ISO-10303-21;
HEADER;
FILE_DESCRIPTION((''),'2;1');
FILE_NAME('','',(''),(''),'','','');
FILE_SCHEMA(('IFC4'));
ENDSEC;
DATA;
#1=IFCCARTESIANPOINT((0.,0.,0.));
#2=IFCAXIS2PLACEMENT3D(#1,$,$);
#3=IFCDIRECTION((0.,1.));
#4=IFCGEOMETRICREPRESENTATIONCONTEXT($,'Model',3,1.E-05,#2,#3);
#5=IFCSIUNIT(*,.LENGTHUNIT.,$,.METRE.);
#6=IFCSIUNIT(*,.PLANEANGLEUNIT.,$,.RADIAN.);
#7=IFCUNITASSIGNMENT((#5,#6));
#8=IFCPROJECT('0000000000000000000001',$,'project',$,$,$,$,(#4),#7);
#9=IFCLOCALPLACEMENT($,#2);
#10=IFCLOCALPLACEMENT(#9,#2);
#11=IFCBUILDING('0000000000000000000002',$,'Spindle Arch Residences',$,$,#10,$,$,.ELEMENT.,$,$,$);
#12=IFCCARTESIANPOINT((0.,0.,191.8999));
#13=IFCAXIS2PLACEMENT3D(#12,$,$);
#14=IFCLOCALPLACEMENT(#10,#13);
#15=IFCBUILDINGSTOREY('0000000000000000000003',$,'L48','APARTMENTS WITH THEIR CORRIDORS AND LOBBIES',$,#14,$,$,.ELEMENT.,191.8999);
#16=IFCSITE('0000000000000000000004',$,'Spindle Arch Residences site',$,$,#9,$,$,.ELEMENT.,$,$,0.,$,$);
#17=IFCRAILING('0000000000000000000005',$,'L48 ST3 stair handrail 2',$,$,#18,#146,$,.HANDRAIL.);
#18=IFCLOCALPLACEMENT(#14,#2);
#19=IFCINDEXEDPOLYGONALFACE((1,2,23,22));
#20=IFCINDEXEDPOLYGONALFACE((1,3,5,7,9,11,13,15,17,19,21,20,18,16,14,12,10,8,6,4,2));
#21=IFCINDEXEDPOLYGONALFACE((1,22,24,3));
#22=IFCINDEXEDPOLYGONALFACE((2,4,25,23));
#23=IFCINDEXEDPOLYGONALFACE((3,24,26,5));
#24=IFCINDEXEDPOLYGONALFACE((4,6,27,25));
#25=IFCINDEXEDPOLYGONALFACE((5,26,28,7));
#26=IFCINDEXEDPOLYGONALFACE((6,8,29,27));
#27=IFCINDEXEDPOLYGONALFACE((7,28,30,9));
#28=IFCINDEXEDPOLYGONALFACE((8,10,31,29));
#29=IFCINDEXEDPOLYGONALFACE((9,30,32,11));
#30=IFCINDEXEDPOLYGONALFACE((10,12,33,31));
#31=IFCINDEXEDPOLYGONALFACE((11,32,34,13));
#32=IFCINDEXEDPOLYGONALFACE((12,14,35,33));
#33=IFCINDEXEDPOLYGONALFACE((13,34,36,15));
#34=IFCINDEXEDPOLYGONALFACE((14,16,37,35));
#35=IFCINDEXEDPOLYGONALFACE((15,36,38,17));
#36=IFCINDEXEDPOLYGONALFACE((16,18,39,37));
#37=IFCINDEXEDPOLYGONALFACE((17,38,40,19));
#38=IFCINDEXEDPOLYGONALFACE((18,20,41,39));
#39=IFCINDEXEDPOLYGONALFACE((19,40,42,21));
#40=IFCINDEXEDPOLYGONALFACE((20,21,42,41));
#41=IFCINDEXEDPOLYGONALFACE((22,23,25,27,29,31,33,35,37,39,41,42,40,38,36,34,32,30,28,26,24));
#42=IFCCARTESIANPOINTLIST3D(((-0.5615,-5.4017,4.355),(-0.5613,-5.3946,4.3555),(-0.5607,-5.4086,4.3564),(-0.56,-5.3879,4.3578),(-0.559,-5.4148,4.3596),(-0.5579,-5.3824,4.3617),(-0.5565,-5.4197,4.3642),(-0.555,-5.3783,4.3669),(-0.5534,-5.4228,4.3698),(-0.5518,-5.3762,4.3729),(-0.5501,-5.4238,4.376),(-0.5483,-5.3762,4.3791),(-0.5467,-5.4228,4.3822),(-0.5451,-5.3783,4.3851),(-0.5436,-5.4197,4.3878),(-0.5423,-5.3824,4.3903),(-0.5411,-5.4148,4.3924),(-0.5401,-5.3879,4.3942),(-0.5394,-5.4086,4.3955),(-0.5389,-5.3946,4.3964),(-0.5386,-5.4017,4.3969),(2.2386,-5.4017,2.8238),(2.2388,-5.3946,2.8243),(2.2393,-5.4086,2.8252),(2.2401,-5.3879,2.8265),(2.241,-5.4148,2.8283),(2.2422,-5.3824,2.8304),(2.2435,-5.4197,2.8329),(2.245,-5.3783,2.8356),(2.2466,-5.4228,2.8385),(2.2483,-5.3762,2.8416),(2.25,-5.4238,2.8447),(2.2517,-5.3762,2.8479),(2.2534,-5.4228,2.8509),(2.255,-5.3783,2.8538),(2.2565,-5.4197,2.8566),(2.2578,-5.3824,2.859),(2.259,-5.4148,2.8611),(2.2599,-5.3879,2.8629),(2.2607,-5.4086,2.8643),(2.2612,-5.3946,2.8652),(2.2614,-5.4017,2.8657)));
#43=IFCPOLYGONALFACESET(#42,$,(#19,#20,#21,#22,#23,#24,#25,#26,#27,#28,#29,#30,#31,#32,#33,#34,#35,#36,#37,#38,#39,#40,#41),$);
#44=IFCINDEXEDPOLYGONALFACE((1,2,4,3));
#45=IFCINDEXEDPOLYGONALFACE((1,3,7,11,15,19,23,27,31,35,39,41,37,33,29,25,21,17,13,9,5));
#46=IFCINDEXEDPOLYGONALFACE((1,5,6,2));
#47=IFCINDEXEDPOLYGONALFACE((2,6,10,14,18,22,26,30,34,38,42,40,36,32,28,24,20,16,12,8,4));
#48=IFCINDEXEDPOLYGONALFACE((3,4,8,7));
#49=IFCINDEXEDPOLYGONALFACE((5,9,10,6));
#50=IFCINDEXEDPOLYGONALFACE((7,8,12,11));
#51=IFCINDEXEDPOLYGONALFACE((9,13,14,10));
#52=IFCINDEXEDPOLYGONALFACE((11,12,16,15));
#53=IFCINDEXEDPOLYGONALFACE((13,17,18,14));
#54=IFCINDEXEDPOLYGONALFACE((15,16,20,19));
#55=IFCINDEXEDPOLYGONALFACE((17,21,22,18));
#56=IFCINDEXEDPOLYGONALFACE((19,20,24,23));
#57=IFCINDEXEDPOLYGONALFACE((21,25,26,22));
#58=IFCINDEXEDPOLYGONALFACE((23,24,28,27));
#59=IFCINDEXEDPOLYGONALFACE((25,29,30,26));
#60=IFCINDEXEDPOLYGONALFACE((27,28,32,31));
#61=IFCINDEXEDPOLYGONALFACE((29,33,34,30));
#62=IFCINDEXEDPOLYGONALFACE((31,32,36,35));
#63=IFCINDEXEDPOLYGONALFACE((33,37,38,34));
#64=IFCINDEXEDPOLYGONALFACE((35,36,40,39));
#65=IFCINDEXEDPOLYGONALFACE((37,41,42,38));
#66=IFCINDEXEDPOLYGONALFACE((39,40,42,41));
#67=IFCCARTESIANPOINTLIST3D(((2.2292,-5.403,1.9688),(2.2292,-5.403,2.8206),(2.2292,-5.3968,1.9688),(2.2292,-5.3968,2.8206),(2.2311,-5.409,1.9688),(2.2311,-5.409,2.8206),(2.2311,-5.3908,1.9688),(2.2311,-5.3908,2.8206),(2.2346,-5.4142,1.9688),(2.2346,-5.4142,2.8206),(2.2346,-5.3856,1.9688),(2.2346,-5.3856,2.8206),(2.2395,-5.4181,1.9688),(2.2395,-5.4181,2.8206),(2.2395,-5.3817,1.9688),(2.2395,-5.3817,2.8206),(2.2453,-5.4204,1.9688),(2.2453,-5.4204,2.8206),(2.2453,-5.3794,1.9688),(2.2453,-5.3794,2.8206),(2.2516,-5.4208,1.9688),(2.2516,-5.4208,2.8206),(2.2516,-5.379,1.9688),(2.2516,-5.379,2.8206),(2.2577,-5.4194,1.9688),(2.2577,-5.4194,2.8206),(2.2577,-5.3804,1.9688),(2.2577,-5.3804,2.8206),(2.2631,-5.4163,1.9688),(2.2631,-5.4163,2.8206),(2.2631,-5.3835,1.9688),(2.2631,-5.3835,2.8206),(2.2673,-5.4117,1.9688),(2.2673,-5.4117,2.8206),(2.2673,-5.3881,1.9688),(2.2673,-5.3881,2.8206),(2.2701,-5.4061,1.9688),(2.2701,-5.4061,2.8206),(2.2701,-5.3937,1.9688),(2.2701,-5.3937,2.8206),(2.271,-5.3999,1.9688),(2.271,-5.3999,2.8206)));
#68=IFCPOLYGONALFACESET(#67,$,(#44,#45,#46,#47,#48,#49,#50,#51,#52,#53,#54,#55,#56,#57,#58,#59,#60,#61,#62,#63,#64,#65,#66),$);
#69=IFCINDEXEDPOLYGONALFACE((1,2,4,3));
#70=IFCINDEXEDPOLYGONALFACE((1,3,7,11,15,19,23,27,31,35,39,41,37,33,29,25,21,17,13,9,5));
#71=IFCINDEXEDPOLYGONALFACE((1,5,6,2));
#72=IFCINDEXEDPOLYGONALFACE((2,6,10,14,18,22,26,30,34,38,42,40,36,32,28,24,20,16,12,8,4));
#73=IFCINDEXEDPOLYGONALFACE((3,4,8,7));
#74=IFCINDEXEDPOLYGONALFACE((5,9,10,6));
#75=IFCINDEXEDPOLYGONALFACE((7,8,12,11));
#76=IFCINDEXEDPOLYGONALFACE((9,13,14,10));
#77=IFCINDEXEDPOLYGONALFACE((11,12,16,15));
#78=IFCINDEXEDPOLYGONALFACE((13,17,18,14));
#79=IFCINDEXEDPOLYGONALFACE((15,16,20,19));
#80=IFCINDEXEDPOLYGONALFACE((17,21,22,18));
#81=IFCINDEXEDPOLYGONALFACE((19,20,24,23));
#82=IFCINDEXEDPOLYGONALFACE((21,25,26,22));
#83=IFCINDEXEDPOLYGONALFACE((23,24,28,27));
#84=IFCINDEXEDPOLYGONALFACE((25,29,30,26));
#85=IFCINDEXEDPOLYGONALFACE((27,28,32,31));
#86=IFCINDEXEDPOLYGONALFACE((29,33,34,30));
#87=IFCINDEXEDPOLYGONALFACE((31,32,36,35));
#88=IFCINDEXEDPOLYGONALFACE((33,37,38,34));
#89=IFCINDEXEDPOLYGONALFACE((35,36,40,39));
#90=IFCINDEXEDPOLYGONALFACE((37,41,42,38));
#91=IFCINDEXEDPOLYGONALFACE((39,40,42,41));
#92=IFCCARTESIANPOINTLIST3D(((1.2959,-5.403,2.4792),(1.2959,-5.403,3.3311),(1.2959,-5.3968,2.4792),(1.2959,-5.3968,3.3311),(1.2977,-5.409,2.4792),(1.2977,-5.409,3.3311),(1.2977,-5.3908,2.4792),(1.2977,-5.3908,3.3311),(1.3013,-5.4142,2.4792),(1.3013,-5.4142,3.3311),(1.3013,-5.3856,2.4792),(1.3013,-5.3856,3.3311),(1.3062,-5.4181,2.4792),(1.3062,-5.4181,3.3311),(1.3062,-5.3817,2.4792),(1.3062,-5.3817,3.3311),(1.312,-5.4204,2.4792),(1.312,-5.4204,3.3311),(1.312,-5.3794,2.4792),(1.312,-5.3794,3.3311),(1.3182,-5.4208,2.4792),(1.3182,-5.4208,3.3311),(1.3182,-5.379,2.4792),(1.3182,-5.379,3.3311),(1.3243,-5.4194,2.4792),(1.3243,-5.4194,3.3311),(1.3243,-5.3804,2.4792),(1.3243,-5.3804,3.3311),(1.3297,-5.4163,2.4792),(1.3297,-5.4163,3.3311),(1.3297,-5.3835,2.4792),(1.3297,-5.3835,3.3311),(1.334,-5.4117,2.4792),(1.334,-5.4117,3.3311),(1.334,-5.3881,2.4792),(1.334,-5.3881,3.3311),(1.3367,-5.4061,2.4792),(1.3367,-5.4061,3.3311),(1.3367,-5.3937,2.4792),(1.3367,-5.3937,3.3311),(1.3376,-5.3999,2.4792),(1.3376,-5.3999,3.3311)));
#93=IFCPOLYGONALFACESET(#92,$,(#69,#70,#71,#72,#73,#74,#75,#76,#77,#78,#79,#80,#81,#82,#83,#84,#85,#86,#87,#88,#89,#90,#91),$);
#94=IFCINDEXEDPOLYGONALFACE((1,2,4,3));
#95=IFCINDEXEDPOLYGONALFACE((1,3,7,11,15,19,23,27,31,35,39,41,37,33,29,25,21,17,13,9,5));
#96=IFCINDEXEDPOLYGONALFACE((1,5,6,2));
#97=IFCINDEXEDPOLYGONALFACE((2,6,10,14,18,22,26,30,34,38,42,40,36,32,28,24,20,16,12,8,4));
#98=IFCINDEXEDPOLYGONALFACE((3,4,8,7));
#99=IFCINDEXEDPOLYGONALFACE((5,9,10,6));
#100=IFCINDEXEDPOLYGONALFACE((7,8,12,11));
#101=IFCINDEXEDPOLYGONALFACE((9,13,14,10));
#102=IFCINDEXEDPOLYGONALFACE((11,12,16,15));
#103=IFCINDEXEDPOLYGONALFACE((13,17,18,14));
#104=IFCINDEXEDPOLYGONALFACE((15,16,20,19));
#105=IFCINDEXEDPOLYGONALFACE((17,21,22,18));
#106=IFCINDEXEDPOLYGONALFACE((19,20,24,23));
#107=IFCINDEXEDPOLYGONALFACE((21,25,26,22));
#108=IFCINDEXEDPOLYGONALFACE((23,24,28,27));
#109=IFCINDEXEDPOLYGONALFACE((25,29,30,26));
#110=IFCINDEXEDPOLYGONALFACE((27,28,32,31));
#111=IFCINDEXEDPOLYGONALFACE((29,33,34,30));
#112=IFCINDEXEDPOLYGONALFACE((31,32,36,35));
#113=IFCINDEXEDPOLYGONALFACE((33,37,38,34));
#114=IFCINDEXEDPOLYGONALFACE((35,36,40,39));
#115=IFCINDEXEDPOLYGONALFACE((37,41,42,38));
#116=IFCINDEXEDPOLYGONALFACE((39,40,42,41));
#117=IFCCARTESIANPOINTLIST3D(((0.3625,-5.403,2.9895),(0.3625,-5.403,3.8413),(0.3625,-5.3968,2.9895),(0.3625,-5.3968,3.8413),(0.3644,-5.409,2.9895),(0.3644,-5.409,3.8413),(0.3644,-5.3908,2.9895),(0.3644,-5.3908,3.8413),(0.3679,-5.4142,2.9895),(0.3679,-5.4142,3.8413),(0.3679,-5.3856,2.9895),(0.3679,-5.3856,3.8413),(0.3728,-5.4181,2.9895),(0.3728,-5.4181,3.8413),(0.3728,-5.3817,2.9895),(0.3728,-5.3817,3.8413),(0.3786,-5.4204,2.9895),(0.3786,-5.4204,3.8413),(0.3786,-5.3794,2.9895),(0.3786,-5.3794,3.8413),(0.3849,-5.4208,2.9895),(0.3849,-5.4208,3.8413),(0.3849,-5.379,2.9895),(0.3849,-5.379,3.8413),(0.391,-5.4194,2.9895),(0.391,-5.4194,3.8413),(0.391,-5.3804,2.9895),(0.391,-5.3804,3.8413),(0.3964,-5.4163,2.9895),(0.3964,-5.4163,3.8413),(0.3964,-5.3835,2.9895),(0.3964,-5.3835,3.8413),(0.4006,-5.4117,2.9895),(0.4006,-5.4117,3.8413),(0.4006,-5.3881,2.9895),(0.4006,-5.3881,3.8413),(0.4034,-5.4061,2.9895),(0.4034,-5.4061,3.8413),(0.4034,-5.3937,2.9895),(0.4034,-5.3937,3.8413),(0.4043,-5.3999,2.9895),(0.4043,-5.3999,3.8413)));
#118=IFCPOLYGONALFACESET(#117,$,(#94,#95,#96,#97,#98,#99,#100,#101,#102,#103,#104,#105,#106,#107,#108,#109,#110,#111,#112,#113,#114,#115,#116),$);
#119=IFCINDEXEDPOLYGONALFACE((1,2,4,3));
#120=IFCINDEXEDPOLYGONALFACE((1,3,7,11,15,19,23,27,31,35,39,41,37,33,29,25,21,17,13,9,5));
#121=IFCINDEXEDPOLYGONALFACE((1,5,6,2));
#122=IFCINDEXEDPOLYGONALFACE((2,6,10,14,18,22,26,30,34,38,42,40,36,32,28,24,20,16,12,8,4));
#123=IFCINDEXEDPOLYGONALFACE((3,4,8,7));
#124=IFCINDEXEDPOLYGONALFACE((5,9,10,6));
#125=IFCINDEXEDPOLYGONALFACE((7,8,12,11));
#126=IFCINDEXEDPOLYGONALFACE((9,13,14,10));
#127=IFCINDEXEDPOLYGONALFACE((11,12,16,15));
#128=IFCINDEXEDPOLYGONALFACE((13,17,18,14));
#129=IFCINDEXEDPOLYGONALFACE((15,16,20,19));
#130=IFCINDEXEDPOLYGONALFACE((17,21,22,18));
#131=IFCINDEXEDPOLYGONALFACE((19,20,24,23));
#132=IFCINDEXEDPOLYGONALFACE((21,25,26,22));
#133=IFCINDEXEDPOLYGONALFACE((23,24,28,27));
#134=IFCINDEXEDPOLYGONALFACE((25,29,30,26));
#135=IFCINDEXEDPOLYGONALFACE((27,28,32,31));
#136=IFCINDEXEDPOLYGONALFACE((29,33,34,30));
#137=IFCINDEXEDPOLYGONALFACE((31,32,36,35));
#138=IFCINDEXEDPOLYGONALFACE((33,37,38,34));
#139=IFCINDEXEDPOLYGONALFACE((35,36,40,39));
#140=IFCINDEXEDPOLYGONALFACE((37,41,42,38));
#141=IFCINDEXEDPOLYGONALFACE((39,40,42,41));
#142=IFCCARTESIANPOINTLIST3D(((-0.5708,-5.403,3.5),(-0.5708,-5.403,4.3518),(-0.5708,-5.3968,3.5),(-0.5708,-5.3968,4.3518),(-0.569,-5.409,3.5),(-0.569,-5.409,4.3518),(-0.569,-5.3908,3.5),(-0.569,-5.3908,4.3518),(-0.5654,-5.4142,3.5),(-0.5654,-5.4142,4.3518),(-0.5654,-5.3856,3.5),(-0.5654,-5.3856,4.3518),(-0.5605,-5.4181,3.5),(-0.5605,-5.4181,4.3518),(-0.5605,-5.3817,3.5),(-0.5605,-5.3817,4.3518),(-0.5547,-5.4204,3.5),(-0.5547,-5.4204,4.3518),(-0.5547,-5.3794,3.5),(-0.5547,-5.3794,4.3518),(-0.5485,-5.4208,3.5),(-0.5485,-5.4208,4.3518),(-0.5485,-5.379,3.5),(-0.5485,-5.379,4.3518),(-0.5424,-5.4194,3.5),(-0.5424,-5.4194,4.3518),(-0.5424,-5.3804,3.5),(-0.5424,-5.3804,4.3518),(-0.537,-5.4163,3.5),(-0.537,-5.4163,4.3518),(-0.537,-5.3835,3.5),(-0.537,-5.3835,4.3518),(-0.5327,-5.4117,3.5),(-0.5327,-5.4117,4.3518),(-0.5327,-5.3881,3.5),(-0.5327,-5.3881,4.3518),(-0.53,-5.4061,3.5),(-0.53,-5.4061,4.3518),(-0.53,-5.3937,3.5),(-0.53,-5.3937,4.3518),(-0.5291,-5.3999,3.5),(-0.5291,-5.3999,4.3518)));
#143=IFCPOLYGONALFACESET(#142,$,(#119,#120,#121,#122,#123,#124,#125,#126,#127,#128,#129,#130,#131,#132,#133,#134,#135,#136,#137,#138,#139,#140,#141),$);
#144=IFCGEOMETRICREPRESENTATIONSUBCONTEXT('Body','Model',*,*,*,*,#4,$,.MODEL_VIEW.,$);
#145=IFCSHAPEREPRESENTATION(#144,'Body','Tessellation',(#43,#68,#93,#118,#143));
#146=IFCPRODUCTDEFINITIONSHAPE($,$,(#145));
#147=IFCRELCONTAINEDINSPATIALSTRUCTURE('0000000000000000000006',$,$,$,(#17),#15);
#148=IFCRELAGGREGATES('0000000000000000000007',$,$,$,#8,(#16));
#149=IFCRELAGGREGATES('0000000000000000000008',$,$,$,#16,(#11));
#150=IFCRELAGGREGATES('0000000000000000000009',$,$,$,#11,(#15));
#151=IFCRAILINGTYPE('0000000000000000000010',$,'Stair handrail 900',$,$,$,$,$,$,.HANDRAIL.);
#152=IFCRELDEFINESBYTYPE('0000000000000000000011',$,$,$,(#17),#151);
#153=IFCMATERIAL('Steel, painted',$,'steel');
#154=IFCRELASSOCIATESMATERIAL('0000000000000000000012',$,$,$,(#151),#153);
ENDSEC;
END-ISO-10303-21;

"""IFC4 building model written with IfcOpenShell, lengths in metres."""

from ifc_helpers import new_model, si_unit, direction, frame, origin, origin_2d, place, context, subcontext, project, spatial, circle, extrude, material, type_object, element, save


model = new_model("IFC4")

# Units and contexts
model_context = context("Model", 3, precision=1e-05, world=origin(), true_north=direction((0.0, 1.0)))
body_context = subcontext(model_context, "Body", "Model", "MODEL_VIEW")
ifc_project = project(units=[si_unit("LENGTHUNIT", "METRE"), si_unit("PLANEANGLEUNIT", "RADIAN")], contexts=[model_context])

# Site, building, storey
site_placement = place(None, origin())
site = spatial("IfcSite", under=ifc_project, at=site_placement, Name="Spindle Arch Residences site", CompositionType="ELEMENT", RefElevation=0.0)
building_placement = place(site_placement, origin())
building = spatial("IfcBuilding", under=site, at=building_placement, Name="Spindle Arch Residences", CompositionType="ELEMENT")
storey_placement = place(building_placement, frame((0.0, 0.0, 191.8999)))
storey = spatial("IfcBuildingStorey", under=building, at=storey_placement, Name="L48", Description="APARTMENTS WITH THEIR CORRIDORS AND LOBBIES", CompositionType="ELEMENT", Elevation=191.8999)

# Railing
ifc_material_1 = material(Name="Steel, painted", Category="steel")
railing_type_1 = type_object("IfcRailingType", Name="Stair handrail 900", PredefinedType="HANDRAIL", material=ifc_material_1)
railing_1_placement = place(storey_placement, frame((2.25, -5.3999, 1.9688)))
element("IfcRailing", 1, at=railing_1_placement, inside=storey, type_object=railing_type_1, Name="L48 ST3 stair handrail 2", PredefinedType="HANDRAIL", context=body_context, shape_type="SweptSolid", body=[
    extrude(circle(Radius=0.0239, at=origin_2d()), frame((0.0, 0.0, 0.876), z_axis=(-0.877375, 0.0, 0.479806), x_axis=(0.0, -1.0, 0.0)), (0.0, 0.0, 1.0), 3.1914),
    extrude(circle(Radius=0.021, at=origin_2d()), origin(), (0.0, 0.0, 1.0), 0.8518),
    extrude(circle(Radius=0.021, at=origin_2d()), frame((-0.9333, 0.0, 0.5105)), (0.0, 0.0, 1.0), 0.8518),
    extrude(circle(Radius=0.021, at=origin_2d()), frame((-1.8667, 0.0, 1.0208)), (0.0, 0.0, 1.0), 0.8518),
    extrude(circle(Radius=0.021, at=origin_2d()), frame((-2.8, 0.0, 1.5312)), (0.0, 0.0, 1.0), 0.8518),
])

save(model, "model.ifc")
